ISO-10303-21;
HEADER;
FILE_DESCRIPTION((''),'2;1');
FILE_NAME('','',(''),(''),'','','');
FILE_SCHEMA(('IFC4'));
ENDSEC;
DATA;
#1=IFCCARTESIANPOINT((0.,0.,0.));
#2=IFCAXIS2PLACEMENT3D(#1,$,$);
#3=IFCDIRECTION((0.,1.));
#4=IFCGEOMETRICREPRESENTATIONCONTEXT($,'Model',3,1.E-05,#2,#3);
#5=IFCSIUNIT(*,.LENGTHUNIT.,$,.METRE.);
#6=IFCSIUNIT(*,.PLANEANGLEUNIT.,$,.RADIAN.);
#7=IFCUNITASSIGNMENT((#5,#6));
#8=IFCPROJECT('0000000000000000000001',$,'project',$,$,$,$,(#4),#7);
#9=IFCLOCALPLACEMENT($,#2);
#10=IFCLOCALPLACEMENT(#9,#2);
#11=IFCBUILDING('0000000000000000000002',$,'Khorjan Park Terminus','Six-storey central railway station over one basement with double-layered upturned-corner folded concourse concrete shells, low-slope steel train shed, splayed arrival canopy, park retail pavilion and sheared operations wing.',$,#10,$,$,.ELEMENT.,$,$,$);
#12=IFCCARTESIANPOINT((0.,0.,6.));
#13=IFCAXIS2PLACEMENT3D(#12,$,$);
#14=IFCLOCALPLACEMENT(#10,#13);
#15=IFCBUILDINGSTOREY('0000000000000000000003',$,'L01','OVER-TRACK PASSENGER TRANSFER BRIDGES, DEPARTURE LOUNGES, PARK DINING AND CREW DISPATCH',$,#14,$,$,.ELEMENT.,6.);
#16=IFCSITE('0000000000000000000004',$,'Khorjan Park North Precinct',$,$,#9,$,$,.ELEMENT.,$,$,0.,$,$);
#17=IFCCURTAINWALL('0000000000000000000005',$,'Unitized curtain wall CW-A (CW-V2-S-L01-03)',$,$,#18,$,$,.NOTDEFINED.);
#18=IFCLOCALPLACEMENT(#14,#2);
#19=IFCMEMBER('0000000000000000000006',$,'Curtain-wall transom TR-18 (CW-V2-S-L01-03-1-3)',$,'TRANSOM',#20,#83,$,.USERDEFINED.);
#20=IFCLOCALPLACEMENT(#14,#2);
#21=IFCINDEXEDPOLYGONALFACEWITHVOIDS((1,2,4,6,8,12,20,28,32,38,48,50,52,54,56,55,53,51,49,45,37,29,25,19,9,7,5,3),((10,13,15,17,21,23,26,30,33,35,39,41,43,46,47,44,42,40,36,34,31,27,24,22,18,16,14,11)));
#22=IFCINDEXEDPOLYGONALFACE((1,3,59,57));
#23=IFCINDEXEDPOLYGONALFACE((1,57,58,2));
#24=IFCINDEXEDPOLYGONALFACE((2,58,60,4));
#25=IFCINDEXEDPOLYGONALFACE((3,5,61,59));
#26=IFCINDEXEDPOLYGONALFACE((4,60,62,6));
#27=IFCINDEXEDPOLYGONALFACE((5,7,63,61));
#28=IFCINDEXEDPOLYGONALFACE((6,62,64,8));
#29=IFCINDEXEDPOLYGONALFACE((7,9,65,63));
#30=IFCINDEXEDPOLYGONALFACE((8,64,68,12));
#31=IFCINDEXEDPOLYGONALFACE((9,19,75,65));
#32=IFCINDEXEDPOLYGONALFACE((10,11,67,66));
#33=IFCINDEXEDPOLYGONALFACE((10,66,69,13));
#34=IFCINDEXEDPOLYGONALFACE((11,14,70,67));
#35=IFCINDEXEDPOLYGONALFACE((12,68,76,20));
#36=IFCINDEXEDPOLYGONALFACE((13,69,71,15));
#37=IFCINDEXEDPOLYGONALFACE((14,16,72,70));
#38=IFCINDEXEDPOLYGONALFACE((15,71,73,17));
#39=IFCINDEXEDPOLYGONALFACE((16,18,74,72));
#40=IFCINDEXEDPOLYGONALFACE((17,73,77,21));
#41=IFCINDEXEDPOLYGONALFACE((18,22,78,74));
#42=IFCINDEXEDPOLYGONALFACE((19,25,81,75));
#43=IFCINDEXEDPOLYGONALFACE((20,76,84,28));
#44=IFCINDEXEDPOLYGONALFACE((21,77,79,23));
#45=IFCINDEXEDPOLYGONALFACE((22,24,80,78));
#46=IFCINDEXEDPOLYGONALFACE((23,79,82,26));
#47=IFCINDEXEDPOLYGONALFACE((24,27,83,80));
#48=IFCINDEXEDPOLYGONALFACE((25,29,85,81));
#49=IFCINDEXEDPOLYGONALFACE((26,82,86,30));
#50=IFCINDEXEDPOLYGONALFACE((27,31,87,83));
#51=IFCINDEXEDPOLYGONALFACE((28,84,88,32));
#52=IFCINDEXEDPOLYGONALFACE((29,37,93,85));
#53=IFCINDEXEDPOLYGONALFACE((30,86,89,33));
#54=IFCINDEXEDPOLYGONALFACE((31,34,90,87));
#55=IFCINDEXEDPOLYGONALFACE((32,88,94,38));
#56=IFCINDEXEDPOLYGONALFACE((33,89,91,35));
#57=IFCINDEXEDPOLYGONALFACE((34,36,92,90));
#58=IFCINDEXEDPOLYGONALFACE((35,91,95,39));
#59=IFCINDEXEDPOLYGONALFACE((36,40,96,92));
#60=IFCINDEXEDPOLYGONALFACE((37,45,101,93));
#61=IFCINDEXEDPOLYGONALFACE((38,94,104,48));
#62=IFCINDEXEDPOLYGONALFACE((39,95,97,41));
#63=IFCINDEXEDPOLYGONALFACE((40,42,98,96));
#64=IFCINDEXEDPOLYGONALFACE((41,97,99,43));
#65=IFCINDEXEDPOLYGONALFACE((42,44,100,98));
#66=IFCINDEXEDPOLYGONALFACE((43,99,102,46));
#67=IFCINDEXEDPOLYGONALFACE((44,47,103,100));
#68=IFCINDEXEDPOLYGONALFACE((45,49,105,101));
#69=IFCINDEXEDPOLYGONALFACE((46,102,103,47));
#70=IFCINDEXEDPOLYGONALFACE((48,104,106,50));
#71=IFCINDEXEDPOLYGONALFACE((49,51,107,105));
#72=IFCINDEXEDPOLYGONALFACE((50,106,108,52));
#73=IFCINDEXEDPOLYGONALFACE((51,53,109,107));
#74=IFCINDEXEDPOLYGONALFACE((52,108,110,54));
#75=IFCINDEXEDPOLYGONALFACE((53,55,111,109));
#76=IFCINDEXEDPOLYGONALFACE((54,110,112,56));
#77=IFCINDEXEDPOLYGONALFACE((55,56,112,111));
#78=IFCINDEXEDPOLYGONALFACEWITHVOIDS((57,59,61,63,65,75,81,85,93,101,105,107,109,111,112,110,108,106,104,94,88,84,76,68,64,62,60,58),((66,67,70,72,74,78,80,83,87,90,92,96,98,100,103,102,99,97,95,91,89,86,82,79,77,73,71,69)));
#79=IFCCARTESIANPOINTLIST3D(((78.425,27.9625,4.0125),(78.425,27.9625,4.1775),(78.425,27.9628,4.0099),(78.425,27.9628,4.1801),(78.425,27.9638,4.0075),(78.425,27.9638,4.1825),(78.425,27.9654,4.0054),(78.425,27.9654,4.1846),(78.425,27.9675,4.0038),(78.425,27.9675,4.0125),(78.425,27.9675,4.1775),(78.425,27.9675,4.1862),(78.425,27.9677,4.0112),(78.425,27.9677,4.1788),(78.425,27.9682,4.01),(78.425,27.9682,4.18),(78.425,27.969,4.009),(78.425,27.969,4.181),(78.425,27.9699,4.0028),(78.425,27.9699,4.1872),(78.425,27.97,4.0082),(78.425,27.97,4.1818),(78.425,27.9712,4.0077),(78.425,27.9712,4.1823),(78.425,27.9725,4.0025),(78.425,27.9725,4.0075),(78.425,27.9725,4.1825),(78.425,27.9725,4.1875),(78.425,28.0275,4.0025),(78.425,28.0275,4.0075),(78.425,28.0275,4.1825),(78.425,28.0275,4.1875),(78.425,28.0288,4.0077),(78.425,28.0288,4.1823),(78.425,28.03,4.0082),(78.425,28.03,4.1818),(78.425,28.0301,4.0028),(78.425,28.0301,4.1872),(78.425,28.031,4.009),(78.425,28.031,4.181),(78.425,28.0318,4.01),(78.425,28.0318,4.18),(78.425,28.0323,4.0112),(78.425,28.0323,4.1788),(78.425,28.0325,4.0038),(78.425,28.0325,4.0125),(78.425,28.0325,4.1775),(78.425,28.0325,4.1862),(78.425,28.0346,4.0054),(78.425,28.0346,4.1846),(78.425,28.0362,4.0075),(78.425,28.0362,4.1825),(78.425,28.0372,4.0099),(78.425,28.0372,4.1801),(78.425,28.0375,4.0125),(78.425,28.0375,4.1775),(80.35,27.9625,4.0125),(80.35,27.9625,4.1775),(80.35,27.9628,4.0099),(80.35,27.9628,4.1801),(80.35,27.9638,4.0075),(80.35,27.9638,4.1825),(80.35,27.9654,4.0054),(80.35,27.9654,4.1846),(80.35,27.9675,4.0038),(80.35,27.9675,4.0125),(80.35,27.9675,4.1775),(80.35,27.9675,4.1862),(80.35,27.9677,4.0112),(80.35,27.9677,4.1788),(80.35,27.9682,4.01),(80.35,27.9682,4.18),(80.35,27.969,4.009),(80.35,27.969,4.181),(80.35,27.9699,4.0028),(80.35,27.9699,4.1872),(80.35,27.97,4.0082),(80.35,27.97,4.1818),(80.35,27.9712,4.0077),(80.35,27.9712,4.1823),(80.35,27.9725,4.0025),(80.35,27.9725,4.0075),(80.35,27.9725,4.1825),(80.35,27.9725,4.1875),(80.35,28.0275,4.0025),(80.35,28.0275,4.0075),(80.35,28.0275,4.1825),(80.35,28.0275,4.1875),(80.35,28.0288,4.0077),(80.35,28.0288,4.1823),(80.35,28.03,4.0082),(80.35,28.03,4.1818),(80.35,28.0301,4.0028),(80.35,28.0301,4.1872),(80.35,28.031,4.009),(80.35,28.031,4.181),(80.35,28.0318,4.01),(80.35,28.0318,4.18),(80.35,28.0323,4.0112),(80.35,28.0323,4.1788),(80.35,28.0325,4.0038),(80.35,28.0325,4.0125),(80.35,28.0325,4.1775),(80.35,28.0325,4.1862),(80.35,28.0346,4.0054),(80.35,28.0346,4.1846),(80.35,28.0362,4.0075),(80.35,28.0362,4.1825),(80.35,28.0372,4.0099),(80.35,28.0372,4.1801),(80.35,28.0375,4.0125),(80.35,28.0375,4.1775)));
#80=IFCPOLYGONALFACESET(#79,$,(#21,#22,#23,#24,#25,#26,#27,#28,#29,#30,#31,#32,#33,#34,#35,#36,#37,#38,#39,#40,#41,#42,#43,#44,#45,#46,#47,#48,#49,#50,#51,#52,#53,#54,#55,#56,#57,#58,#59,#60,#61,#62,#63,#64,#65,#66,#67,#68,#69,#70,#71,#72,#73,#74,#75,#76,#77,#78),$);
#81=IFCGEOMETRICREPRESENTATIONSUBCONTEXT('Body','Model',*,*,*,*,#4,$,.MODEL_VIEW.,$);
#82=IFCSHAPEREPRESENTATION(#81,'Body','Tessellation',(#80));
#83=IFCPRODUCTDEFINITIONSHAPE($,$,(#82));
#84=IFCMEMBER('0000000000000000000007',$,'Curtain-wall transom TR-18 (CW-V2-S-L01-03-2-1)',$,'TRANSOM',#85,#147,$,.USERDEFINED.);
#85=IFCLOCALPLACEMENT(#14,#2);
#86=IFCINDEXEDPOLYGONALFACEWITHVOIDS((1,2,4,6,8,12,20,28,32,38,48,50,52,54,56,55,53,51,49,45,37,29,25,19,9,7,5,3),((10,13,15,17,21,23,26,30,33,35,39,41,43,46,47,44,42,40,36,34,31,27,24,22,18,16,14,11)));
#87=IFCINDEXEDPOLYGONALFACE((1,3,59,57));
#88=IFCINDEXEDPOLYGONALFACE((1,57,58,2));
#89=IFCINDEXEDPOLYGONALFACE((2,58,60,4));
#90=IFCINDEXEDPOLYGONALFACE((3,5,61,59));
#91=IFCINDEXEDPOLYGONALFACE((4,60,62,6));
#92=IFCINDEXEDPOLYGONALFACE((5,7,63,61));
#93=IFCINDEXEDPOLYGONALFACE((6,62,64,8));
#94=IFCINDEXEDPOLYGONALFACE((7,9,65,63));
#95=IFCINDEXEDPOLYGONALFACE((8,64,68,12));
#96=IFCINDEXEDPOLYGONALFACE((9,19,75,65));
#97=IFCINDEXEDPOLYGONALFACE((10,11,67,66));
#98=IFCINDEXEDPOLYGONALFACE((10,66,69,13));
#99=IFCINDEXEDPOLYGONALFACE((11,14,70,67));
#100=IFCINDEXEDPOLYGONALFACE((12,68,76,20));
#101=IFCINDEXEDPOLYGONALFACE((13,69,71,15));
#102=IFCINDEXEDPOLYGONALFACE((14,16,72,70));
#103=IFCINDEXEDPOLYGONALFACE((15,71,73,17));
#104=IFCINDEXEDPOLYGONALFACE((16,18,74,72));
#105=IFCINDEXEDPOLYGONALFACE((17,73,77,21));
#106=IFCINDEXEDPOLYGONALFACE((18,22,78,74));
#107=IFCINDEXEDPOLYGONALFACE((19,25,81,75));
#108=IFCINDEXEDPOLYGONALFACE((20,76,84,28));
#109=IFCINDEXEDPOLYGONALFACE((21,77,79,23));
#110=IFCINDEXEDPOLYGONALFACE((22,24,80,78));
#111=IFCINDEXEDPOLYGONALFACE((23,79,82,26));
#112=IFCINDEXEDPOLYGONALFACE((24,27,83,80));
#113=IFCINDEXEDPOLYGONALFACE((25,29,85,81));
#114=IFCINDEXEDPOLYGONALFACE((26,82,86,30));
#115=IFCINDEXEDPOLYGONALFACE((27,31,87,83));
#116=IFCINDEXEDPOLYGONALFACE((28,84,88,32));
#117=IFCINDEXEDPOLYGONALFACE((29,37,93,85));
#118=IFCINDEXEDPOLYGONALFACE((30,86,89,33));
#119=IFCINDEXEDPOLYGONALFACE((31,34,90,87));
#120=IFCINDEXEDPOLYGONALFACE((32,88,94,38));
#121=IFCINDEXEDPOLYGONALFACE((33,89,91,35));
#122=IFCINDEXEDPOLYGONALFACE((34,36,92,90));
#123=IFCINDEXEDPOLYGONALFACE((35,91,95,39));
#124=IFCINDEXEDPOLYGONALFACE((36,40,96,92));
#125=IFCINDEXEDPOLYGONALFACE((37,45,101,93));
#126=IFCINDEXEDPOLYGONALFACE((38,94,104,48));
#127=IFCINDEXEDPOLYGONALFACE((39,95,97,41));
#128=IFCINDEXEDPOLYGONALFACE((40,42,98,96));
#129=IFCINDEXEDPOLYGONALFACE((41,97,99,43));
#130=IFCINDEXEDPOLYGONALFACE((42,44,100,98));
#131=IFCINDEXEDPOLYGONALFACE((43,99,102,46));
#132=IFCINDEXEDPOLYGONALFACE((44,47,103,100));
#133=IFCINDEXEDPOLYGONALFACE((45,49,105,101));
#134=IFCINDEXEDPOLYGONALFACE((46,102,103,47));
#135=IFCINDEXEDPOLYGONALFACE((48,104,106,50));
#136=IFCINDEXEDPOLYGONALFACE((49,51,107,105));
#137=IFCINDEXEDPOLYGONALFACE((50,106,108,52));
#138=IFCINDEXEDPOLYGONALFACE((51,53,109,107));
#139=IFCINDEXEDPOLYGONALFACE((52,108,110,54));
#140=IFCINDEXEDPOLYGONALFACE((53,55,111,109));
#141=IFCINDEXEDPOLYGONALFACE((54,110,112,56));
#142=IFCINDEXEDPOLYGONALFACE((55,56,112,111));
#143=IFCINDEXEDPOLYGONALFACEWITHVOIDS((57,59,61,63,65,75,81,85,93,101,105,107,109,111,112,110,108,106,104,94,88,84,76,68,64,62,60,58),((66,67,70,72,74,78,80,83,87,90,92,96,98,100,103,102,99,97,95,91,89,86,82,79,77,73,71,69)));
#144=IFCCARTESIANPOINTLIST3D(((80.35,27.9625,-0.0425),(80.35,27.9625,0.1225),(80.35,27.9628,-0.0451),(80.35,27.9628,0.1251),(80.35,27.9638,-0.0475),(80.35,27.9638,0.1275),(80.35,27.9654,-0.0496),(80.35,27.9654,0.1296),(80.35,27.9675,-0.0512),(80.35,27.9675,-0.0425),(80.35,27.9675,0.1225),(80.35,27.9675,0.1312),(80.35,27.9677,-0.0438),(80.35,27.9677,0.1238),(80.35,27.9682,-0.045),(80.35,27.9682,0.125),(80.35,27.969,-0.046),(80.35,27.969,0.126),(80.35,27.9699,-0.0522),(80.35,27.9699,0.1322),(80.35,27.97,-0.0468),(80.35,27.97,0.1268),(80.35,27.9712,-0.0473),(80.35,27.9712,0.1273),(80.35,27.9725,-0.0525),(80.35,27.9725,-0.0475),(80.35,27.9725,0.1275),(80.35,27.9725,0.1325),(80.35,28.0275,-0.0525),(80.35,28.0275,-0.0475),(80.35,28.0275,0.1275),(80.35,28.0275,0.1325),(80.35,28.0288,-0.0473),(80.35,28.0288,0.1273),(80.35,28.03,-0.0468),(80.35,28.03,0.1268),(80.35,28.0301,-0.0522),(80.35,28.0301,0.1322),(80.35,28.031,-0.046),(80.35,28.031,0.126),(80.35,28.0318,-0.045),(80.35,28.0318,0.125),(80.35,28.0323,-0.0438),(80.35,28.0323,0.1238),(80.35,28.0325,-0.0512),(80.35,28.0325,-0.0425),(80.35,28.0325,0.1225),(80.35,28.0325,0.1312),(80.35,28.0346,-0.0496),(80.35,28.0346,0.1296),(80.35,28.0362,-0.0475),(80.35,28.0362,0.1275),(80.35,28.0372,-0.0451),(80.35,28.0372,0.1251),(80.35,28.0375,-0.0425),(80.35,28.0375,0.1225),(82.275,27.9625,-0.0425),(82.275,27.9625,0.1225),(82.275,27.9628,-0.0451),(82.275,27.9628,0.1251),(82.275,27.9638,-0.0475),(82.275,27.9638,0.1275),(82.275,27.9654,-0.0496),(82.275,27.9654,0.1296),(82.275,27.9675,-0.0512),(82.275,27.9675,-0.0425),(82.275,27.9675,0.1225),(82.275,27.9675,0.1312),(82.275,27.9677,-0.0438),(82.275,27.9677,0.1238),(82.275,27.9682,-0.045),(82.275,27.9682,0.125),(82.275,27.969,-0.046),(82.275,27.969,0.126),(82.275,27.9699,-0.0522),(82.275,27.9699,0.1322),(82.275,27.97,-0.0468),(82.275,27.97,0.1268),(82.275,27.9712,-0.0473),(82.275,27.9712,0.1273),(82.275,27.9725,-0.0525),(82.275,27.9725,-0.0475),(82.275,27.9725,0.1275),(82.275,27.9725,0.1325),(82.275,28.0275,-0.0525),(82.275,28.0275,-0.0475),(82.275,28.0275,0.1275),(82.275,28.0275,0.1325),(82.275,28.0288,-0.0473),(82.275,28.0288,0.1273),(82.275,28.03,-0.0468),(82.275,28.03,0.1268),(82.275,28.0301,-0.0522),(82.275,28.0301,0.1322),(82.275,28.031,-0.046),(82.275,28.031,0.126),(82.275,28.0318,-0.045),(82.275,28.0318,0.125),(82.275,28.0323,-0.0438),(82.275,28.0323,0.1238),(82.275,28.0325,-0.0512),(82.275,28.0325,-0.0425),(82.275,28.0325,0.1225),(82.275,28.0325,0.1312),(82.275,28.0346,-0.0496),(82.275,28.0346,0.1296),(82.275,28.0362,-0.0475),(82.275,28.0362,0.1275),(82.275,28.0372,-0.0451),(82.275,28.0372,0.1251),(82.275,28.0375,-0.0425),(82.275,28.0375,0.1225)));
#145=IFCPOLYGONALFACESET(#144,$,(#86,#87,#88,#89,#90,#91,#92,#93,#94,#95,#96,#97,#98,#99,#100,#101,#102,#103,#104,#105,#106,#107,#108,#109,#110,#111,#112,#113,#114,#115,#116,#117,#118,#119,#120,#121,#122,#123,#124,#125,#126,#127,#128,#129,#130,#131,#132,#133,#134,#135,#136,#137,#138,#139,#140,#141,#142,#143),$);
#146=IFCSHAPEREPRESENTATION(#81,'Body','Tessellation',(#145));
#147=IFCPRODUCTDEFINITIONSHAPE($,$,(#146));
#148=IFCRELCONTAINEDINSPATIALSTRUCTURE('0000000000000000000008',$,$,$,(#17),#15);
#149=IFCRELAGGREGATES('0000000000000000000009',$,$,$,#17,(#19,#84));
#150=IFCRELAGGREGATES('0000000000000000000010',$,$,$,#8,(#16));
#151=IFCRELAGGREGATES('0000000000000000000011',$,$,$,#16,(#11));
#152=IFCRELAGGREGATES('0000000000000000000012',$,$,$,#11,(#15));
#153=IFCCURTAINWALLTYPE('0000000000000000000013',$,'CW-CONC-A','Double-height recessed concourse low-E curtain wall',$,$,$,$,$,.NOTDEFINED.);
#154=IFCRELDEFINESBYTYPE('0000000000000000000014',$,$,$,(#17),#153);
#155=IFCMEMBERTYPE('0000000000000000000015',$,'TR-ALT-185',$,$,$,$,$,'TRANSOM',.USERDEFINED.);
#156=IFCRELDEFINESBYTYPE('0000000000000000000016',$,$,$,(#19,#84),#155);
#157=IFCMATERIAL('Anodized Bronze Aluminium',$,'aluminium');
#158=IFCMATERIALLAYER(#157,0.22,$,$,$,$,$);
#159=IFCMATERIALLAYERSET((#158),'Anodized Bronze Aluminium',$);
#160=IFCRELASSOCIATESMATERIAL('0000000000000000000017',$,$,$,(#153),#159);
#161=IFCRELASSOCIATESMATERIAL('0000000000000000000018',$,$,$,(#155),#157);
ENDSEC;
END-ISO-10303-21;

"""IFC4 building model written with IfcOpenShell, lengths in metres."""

from ifc_helpers import new_model, si_unit, direction, frame, origin, origin_2d, place, context, subcontext, project, spatial, hollow_rectangle, extrude, material, layer, layer_set, material_profile, profile_set, type_object, element, aggregate, save


model = new_model("IFC4")

# Units and contexts
model_context = context("Model", 3, precision=1e-05, world=origin(), true_north=direction((0.0, 1.0)))
body_context = subcontext(model_context, "Body", "Model", "MODEL_VIEW")
ifc_project = project(units=[si_unit("LENGTHUNIT", "METRE"), si_unit("PLANEANGLEUNIT", "RADIAN")], contexts=[model_context])

# Site, building, storey
site_placement = place(None, origin())
site = spatial("IfcSite", under=ifc_project, at=site_placement, Name="Khorjan Park North Precinct", CompositionType="ELEMENT", RefElevation=0.0)
building_placement = place(site_placement, origin())
building = spatial("IfcBuilding", under=site, at=building_placement, Name="Khorjan Park Terminus", Description="Six-storey central railway station over one basement with double-layered upturned-corner folded concourse concrete shells, low-slope steel train shed, splayed arrival canopy, park retail pavilion and sheared operations wing.", CompositionType="ELEMENT")
storey_placement = place(building_placement, frame((0.0, 0.0, 6.0)))
storey = spatial("IfcBuildingStorey", under=building, at=storey_placement, Name="L01", Description="OVER-TRACK PASSENGER TRANSFER BRIDGES, DEPARTURE LOUNGES, PARK DINING AND CREW DISPATCH", CompositionType="ELEMENT", Elevation=6.0)

# Curtain wall
ifc_material_1 = material(Name="Anodized Bronze Aluminium", Category="aluminium")
ifc_layer_1 = layer(ifc_material_1, 0.22)
ifc_layer_set_1 = layer_set([ifc_layer_1], Name="Anodized Bronze Aluminium")
curtain_wall_type = type_object("IfcCurtainWallType", Name="CW-CONC-A", Description="Double-height recessed concourse low-E curtain wall", PredefinedType="NOTDEFINED", material=ifc_layer_set_1)
curtain_wall_1_placement = place(storey_placement, origin())
curtain_wall_1 = element("IfcCurtainWall", 1, at=curtain_wall_1_placement, inside=storey, type_object=curtain_wall_type, Name="Unitized curtain wall CW-A (CW-V2-S-L01-03)", PredefinedType="NOTDEFINED")

# Members
ifc_material_profile_1 = material_profile(ifc_material_1, hollow_rectangle(XDim=0.075, YDim=0.185, WallThickness=0.005, InnerFilletRadius=0.005, OuterFilletRadius=0.01, at=origin_2d()), Name="ALT 75x185x5")
ifc_profile_set_1 = profile_set([ifc_material_profile_1], Name="Anodized Bronze Aluminium")
member_type_1 = type_object("IfcMemberType", Name="TR-ALT-185", ElementType="TRANSOM", PredefinedType="USERDEFINED", material=ifc_profile_set_1)
member_1_placement = place(storey_placement, frame((78.425, 28.0, 4.095), z_axis=(1.0, 0.0, 0.0), x_axis=(0.0, 1.0, 0.0)))
member_1 = element("IfcMember", 2, at=member_1_placement, type_object=member_type_1, Name="Curtain-wall transom TR-18 (CW-V2-S-L01-03-1-3)", ObjectType="TRANSOM", PredefinedType="USERDEFINED", context=body_context, shape_type="SweptSolid", body=[
    extrude(hollow_rectangle(XDim=0.075, YDim=0.185, WallThickness=0.005, InnerFilletRadius=0.005, OuterFilletRadius=0.01, at=origin_2d()), origin(), (0.0, 0.0, 1.0), 1.925),
])
member_2_placement = place(storey_placement, frame((80.35, 28.0, 0.04), z_axis=(1.0, 0.0, 0.0), x_axis=(0.0, 1.0, 0.0)))
member_2 = element("IfcMember", 3, at=member_2_placement, type_object=member_type_1, Name="Curtain-wall transom TR-18 (CW-V2-S-L01-03-2-1)", ObjectType="TRANSOM", PredefinedType="USERDEFINED", context=body_context, shape_type="SweptSolid", body=[
    extrude(hollow_rectangle(XDim=0.075, YDim=0.185, WallThickness=0.005, InnerFilletRadius=0.005, OuterFilletRadius=0.01, at=origin_2d()), origin(), (0.0, 0.0, 1.0), 1.925),
])

aggregate(curtain_wall_1, [member_1, member_2])

save(model, "model.ifc")
